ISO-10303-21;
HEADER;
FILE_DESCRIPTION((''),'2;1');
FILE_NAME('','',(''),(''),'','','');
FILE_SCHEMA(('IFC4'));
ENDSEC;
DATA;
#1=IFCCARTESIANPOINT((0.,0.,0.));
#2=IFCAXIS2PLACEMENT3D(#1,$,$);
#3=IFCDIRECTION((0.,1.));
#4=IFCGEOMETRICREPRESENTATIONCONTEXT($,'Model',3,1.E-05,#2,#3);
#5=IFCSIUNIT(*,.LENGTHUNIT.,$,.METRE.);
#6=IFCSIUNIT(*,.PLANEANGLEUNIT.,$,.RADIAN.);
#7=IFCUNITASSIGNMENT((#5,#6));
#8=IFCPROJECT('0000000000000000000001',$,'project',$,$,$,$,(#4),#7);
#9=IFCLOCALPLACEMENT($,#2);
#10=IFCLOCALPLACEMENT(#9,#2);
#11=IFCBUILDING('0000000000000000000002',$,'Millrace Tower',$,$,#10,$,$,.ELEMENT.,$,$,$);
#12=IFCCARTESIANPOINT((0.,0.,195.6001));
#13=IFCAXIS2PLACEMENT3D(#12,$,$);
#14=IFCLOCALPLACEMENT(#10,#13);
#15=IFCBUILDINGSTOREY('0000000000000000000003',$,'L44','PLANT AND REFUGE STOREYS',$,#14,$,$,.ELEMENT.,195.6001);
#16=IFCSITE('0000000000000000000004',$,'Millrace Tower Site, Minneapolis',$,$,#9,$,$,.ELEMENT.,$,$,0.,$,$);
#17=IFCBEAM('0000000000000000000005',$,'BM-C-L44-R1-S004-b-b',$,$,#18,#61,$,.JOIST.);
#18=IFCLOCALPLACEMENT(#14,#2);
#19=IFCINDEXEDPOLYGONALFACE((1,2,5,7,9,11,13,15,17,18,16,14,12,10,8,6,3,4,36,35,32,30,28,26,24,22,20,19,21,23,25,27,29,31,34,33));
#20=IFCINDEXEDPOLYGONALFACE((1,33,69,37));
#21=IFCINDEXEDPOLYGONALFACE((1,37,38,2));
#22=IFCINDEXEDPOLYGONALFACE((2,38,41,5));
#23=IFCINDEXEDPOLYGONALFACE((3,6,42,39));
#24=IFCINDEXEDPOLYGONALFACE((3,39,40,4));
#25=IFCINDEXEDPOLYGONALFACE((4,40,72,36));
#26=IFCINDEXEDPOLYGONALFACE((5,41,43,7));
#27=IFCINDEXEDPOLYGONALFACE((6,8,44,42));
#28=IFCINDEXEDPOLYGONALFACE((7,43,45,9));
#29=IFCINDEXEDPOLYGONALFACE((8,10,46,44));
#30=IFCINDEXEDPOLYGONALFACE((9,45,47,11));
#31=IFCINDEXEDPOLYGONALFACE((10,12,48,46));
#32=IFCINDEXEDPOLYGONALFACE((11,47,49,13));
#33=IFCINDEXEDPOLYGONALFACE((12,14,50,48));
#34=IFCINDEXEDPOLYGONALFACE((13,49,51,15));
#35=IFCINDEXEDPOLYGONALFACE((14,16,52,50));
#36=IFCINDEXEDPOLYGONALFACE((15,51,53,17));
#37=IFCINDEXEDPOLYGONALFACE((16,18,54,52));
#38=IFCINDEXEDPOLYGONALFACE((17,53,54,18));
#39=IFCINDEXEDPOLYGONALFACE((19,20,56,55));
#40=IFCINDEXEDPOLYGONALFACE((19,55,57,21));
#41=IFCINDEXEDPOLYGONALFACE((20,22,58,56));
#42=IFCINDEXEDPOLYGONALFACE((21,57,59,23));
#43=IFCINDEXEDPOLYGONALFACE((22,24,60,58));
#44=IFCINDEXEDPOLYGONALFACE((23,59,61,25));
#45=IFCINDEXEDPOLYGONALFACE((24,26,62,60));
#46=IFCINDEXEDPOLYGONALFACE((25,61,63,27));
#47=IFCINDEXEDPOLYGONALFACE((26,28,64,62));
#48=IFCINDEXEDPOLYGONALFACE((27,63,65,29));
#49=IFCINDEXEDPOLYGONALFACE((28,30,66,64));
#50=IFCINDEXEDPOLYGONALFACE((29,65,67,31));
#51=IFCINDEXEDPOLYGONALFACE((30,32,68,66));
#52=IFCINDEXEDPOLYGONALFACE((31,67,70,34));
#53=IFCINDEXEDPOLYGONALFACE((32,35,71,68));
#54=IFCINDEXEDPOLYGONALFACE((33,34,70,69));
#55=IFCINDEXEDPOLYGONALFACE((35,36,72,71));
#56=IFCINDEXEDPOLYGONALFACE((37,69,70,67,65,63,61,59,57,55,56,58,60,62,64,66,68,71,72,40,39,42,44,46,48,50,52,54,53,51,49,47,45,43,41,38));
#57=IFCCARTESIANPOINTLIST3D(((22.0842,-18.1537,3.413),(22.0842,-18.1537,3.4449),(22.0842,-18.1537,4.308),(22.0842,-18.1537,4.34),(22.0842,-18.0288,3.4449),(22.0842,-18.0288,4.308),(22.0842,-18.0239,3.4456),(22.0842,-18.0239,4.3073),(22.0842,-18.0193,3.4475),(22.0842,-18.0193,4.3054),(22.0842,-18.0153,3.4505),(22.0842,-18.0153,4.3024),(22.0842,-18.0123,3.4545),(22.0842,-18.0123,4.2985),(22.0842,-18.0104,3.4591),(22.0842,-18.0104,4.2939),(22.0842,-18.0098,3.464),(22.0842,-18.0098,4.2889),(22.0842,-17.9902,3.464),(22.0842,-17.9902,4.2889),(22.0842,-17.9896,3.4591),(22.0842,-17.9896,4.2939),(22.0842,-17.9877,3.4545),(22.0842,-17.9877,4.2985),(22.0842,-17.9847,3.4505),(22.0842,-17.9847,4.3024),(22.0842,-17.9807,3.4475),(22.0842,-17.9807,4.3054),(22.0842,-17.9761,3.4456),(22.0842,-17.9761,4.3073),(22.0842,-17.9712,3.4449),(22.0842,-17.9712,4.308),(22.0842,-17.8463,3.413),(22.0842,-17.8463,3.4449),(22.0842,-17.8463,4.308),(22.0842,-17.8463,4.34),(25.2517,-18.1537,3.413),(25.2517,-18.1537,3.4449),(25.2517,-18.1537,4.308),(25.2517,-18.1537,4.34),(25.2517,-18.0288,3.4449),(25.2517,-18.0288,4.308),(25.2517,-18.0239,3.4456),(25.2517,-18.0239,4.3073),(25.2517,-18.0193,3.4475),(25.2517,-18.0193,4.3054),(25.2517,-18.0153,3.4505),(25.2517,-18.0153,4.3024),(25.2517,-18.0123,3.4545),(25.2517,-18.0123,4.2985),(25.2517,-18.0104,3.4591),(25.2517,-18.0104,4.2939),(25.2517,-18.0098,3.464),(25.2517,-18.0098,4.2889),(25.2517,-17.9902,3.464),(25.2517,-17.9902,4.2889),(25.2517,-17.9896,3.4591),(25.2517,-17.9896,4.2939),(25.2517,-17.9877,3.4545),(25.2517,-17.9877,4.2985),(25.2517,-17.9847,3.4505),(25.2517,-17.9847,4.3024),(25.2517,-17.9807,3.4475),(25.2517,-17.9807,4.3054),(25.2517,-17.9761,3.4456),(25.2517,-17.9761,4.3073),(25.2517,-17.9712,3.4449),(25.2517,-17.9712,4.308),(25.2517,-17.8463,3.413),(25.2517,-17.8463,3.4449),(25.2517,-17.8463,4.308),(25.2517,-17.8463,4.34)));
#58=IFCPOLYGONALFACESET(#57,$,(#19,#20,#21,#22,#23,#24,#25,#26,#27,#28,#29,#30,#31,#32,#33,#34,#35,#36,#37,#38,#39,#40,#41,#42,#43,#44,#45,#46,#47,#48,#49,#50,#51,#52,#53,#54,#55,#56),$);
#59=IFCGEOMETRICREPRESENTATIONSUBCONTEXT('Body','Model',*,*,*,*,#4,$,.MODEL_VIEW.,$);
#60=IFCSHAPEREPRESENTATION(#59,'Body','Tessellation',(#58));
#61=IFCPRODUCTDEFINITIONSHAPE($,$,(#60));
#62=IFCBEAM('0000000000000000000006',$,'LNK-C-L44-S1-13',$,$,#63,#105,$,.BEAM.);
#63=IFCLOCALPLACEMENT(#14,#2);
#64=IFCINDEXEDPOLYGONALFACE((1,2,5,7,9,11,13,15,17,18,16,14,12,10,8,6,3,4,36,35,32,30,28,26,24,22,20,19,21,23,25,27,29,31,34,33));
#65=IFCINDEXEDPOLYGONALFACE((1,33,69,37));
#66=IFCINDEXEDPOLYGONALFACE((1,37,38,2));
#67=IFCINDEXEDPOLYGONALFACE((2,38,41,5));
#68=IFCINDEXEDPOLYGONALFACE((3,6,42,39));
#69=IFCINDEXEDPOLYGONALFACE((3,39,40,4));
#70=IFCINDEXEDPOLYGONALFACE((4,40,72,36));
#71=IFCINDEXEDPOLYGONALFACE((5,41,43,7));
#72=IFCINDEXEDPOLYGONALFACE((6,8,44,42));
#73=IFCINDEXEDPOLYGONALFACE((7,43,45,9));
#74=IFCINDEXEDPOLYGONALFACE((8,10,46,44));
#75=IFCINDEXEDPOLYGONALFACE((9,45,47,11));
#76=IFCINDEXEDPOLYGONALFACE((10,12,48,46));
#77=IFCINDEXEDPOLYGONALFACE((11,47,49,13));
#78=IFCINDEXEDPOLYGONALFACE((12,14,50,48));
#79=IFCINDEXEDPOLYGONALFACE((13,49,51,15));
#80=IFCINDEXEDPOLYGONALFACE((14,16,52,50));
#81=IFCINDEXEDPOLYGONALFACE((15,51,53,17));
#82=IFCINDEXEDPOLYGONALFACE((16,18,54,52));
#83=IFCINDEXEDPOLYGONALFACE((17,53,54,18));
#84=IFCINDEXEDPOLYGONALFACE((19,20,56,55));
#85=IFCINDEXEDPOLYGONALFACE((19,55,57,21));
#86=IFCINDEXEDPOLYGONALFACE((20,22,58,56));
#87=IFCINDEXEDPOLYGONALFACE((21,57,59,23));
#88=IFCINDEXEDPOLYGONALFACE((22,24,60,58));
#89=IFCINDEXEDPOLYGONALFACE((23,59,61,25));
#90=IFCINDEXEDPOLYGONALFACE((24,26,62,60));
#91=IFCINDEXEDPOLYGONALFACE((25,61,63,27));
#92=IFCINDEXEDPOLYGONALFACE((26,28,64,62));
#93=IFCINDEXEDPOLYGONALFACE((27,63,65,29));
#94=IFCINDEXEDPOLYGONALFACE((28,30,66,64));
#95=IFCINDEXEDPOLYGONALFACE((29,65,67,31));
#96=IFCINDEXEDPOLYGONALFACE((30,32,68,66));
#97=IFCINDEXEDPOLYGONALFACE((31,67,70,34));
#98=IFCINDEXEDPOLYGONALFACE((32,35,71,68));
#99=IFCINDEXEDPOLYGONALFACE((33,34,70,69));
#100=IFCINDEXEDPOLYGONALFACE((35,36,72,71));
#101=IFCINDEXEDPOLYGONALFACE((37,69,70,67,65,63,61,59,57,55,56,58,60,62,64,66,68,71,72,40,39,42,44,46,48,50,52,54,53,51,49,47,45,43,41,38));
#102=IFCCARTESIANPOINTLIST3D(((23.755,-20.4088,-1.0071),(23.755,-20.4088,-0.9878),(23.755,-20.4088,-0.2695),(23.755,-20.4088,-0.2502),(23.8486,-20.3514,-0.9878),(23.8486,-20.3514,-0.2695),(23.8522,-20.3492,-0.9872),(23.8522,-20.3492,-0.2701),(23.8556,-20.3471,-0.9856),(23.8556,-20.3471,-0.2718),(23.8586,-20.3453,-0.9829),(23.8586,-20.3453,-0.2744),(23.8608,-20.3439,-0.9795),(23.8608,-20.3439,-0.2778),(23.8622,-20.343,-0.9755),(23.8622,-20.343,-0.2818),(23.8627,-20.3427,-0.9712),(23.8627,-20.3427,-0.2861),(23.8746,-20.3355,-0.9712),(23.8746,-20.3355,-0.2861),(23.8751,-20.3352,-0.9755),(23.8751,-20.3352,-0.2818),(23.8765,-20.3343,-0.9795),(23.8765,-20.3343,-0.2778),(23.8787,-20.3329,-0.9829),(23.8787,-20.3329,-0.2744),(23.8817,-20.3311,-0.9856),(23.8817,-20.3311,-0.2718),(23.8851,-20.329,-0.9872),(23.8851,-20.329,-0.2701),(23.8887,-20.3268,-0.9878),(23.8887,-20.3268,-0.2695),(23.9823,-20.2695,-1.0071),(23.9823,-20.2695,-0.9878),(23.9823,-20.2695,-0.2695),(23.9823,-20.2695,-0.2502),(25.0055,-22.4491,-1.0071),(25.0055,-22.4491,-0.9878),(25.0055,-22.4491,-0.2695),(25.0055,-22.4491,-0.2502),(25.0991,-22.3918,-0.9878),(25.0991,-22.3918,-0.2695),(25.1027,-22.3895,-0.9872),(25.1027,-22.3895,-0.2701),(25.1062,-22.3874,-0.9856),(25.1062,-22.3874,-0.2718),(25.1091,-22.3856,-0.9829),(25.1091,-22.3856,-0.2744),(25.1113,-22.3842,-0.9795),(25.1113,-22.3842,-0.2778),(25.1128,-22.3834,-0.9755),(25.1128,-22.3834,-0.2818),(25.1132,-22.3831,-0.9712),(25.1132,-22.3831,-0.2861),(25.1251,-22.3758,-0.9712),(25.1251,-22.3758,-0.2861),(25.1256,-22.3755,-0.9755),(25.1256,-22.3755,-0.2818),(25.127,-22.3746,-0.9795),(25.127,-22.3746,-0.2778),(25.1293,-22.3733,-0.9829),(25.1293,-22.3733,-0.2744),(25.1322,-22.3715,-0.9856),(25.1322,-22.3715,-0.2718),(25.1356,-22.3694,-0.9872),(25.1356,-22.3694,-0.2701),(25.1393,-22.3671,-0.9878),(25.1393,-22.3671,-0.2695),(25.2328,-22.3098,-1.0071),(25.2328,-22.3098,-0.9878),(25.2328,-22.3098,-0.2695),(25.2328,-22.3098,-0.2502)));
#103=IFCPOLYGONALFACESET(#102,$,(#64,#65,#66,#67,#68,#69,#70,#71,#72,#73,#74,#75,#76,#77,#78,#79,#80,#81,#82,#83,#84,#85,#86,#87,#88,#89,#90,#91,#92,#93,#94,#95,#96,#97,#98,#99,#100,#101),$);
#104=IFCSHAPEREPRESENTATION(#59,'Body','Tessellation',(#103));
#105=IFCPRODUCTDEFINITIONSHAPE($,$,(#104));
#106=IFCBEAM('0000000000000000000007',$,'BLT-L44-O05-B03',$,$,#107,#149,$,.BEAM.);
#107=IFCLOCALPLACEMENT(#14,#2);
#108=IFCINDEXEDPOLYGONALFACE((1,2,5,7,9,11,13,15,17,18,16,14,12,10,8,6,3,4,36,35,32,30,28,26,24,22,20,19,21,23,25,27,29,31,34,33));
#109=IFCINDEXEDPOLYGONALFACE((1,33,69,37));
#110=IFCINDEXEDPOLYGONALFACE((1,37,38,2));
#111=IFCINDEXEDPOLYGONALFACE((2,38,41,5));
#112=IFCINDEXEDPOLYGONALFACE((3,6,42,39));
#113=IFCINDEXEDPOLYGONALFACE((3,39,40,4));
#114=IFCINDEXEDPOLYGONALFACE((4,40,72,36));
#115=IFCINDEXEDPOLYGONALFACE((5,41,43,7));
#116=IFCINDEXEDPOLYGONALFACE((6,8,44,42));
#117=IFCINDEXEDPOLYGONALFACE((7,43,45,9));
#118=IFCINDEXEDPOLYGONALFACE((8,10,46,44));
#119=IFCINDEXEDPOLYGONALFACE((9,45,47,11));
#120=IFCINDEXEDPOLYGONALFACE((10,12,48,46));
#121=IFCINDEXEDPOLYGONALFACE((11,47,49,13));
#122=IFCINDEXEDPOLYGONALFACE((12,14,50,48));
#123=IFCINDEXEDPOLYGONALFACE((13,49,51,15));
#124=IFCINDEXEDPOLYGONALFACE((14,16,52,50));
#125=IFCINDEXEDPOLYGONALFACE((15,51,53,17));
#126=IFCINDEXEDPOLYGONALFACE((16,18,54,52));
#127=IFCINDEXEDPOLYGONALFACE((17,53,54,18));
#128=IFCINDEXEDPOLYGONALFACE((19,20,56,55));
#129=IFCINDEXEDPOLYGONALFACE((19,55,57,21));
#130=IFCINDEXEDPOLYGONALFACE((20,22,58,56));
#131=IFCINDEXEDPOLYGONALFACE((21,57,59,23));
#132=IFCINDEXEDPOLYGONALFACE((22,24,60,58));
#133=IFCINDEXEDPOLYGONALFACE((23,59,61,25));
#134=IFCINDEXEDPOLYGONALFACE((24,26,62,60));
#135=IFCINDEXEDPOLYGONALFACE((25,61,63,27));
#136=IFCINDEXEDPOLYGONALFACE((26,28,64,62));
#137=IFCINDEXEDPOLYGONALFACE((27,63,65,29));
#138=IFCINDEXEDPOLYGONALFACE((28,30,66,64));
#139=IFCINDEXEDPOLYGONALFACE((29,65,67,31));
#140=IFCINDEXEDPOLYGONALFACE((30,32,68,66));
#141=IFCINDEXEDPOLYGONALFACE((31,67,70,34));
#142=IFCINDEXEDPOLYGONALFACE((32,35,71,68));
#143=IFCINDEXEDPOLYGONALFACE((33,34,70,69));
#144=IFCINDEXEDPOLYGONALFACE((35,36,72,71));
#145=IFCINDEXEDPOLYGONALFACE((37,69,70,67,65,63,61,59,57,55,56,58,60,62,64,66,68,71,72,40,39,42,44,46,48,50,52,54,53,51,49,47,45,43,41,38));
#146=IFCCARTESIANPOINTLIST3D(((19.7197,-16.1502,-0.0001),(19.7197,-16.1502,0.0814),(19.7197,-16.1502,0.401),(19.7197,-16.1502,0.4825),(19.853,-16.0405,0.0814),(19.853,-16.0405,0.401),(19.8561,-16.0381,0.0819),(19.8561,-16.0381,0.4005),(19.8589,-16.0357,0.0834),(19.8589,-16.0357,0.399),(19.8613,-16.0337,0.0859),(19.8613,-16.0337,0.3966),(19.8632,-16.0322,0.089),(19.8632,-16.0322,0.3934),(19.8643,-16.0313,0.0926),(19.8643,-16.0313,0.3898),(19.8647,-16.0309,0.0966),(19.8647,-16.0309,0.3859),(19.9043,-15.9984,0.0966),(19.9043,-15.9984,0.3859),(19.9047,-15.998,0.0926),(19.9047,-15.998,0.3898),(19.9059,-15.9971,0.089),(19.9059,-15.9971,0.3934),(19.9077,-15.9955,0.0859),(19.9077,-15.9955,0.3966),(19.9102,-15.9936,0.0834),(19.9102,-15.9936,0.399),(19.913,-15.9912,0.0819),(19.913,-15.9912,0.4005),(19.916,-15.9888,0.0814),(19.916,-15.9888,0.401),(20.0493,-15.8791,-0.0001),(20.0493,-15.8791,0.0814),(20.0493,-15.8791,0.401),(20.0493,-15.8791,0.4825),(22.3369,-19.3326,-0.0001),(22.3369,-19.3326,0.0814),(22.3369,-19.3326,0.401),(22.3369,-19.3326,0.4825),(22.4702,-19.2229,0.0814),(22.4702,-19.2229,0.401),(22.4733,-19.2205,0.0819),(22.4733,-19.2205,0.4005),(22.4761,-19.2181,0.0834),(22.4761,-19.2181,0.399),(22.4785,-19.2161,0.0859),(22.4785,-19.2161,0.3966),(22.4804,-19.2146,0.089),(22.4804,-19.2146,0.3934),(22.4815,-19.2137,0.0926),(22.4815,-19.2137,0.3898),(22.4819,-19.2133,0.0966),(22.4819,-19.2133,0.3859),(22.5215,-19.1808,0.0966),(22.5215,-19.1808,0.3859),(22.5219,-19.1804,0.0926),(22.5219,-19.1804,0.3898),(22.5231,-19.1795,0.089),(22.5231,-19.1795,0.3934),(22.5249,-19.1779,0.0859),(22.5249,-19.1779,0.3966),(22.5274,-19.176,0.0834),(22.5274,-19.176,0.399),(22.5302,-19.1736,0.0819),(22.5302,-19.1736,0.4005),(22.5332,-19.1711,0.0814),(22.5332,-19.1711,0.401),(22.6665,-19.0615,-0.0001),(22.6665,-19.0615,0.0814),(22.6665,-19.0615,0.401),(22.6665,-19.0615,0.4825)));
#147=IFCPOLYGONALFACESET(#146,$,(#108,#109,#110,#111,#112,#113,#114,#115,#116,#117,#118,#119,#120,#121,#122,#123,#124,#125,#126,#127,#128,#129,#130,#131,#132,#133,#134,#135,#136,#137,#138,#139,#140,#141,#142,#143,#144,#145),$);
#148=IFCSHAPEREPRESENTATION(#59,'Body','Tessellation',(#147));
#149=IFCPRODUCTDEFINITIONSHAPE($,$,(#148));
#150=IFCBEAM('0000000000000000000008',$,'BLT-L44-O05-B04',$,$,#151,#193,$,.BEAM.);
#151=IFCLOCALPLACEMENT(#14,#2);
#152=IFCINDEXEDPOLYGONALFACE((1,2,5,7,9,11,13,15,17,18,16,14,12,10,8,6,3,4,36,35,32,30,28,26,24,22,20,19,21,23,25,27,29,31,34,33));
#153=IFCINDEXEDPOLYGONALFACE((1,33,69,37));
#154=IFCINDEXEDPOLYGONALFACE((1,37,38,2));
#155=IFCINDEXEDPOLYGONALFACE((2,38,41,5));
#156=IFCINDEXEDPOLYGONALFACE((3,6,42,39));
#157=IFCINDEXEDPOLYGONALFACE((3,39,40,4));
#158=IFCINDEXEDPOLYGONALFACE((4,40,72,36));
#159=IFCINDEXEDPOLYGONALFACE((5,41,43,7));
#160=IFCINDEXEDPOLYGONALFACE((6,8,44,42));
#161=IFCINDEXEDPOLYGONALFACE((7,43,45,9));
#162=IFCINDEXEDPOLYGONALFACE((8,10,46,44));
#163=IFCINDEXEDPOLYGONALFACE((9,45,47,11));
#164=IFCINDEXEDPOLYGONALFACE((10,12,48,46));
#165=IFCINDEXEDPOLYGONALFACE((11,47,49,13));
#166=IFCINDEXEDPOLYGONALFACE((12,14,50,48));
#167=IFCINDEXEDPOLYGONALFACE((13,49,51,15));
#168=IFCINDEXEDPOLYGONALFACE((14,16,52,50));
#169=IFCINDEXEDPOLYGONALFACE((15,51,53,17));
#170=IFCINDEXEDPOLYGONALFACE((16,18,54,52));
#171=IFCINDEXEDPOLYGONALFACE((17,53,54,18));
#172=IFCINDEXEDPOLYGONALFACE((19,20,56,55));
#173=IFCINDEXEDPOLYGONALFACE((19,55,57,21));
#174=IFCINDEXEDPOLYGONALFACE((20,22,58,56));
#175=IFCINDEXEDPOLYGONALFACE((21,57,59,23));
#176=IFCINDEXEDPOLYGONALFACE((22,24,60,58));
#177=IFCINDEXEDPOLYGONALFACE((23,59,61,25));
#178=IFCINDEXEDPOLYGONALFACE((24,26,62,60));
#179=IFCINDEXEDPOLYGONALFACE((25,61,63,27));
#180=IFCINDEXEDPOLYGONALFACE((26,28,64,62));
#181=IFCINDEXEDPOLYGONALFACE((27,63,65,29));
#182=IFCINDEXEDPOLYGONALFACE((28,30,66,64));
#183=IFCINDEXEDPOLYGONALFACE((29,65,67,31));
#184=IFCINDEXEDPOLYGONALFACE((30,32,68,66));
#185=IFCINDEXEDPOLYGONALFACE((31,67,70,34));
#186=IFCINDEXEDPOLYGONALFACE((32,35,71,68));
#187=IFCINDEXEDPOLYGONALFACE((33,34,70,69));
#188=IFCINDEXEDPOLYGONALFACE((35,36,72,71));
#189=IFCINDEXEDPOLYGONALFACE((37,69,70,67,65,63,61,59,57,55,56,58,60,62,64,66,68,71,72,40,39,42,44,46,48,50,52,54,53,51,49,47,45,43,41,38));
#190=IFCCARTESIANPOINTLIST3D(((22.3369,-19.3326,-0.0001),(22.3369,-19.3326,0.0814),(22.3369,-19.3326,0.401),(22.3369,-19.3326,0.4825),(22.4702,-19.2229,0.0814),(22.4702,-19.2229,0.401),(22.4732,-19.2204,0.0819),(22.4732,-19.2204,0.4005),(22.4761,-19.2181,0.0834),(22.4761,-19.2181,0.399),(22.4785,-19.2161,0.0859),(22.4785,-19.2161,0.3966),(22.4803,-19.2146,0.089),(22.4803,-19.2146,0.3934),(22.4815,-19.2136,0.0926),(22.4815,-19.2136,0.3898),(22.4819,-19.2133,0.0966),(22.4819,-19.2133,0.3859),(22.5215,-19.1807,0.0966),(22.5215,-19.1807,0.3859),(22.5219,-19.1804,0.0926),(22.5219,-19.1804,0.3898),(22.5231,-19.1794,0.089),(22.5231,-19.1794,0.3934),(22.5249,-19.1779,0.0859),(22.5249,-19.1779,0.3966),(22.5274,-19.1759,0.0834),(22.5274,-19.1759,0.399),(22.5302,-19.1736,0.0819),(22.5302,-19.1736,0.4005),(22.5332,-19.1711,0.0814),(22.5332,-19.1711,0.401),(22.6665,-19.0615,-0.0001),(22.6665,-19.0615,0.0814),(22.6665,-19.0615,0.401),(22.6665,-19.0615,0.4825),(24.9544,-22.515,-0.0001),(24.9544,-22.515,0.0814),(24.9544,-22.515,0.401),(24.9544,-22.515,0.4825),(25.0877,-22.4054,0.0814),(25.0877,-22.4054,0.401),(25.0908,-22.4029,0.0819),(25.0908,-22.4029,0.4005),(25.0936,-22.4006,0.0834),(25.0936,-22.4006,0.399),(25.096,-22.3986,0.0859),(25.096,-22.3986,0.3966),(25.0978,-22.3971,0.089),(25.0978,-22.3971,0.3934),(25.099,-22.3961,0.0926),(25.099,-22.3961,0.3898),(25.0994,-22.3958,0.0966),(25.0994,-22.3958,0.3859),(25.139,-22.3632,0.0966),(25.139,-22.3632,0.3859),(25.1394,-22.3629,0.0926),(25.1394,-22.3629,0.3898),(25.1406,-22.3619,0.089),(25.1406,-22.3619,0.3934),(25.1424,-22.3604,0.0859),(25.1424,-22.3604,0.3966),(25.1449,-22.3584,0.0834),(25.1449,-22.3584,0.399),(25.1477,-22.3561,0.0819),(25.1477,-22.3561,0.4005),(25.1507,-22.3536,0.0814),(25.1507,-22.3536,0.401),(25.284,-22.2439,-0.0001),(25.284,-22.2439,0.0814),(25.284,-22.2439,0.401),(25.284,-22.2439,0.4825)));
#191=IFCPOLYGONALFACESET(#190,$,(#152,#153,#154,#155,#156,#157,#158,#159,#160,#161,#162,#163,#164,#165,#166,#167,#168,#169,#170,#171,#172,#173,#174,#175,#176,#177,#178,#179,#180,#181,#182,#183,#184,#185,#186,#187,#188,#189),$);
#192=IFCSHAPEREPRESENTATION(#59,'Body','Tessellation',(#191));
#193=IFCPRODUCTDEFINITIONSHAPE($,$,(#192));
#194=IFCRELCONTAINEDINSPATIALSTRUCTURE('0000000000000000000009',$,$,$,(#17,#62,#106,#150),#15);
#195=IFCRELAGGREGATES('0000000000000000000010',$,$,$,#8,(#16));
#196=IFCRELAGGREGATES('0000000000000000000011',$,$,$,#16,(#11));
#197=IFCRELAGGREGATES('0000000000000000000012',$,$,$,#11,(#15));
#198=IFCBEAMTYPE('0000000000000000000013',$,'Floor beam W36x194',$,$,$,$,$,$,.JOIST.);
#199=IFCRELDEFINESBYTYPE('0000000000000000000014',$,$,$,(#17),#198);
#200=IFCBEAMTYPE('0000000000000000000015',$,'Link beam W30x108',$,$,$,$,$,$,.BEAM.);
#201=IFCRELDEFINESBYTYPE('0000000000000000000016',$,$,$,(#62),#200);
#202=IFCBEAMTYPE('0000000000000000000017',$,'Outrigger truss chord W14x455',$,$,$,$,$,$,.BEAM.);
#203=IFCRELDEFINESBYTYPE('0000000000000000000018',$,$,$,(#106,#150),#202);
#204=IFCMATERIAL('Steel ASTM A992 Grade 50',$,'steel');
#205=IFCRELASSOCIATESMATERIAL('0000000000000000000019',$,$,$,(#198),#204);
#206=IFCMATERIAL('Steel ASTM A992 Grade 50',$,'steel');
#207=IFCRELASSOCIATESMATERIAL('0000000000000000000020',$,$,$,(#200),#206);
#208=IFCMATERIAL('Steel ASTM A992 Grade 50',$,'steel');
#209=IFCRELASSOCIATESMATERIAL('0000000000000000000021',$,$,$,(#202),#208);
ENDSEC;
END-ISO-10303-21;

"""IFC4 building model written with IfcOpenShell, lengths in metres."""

from ifc_helpers import new_model, si_unit, direction, frame, origin, origin_2d, place, context, subcontext, project, spatial, i_section, extrude, material, material_profile, profile_set, type_object, element, save


model = new_model("IFC4")

# Units and contexts
model_context = context("Model", 3, precision=1e-05, world=origin(), true_north=direction((0.0, 1.0)))
body_context = subcontext(model_context, "Body", "Model", "MODEL_VIEW")
ifc_project = project(units=[si_unit("LENGTHUNIT", "METRE"), si_unit("PLANEANGLEUNIT", "RADIAN")], contexts=[model_context])

# Site, building, storey
site_placement = place(None, origin())
site = spatial("IfcSite", under=ifc_project, at=site_placement, Name="Millrace Tower Site, Minneapolis", CompositionType="ELEMENT", RefElevation=0.0)
building_placement = place(site_placement, origin())
building = spatial("IfcBuilding", under=site, at=building_placement, Name="Millrace Tower", CompositionType="ELEMENT")
storey_placement = place(building_placement, frame((0.0, 0.0, 195.6001)))
storey = spatial("IfcBuildingStorey", under=building, at=storey_placement, Name="L44", Description="PLANT AND REFUGE STOREYS", CompositionType="ELEMENT", Elevation=195.6001)

# Beams
ifc_material_1 = material(Name="Steel ASTM A992 Grade 50", Category="steel")
ifc_material_profile_1 = material_profile(ifc_material_1, i_section(OverallWidth=0.3074, OverallDepth=0.927, WebThickness=0.0195, FlangeThickness=0.032, FilletRadius=0.019, at=origin_2d()))
ifc_profile_set_1 = profile_set([ifc_material_profile_1], Name="Steel ASTM A992 Grade 50")
beam_type_1 = type_object("IfcBeamType", Name="Floor beam W36x194", PredefinedType="JOIST", material=ifc_profile_set_1)
beam_1_placement = place(storey_placement, frame((22.0842, -18.0, 3.8765), z_axis=(1.0, 0.0, 0.0), x_axis=(0.0, 1.0, 0.0)))
element("IfcBeam", 1, at=beam_1_placement, inside=storey, type_object=beam_type_1, Name="BM-C-L44-R1-S004-b-b", PredefinedType="JOIST", context=body_context, shape_type="SweptSolid", body=[
    extrude(i_section(OverallWidth=0.3074, OverallDepth=0.927, WebThickness=0.0195, FlangeThickness=0.032, FilletRadius=0.019, at=origin_2d()), origin(), (0.0, 0.0, 1.0), 3.1675),
])
ifc_material_2 = material(Name="Steel ASTM A992 Grade 50", Category="steel")
ifc_material_profile_2 = material_profile(ifc_material_2, i_section(OverallWidth=0.2666, OverallDepth=0.7568, WebThickness=0.0139, FlangeThickness=0.0193, FilletRadius=0.0166, at=origin_2d()))
ifc_profile_set_2 = profile_set([ifc_material_profile_2], Name="Steel ASTM A992 Grade 50")
beam_type_2 = type_object("IfcBeamType", Name="Link beam W30x108", PredefinedType="BEAM", material=ifc_profile_set_2)
beam_2_placement = place(storey_placement, frame((23.8687, -20.3391, -0.6287), z_axis=(0.52256, -0.852603, 0.0), x_axis=(0.852603, 0.52256, 0.0)))
element("IfcBeam", 2, at=beam_2_placement, inside=storey, type_object=beam_type_2, Name="LNK-C-L44-S1-13", PredefinedType="BEAM", context=body_context, shape_type="SweptSolid", body=[
    extrude(i_section(OverallWidth=0.2666, OverallDepth=0.7568, WebThickness=0.0139, FlangeThickness=0.0193, FilletRadius=0.0166, at=origin_2d()), origin(), (0.0, 0.0, 1.0), 2.3931),
])
ifc_material_3 = material(Name="Steel ASTM A992 Grade 50", Category="steel")
ifc_material_profile_3 = material_profile(ifc_material_3, i_section(OverallWidth=0.4268, OverallDepth=0.4827, WebThickness=0.0513, FlangeThickness=0.0815, FilletRadius=0.0151, at=origin_2d()))
ifc_profile_set_3 = profile_set([ifc_material_profile_3], Name="Steel ASTM A992 Grade 50")
beam_type_3 = type_object("IfcBeamType", Name="Outrigger truss chord W14x455", PredefinedType="BEAM", material=ifc_profile_set_3)
beam_3_placement = place(storey_placement, frame((19.8845, -16.0146, 0.2412), z_axis=(0.635188, -0.772358, 0.0), x_axis=(0.772358, 0.635188, 0.0)))
element("IfcBeam", 3, at=beam_3_placement, inside=storey, type_object=beam_type_3, Name="BLT-L44-O05-B03", PredefinedType="BEAM", context=body_context, shape_type="SweptSolid", body=[
    extrude(i_section(OverallWidth=0.4268, OverallDepth=0.4827, WebThickness=0.0513, FlangeThickness=0.0815, FilletRadius=0.0151, at=origin_2d()), origin(), (0.0, 0.0, 1.0), 4.1204),
])
beam_4_placement = place(storey_placement, frame((22.5017, -19.197, 0.2412), z_axis=(0.635223, -0.772329, 0.0), x_axis=(0.772329, 0.635223, 0.0)))
element("IfcBeam", 4, at=beam_4_placement, inside=storey, type_object=beam_type_3, Name="BLT-L44-O05-B04", PredefinedType="BEAM", context=body_context, shape_type="SweptSolid", body=[
    extrude(i_section(OverallWidth=0.4268, OverallDepth=0.4827, WebThickness=0.0513, FlangeThickness=0.0815, FilletRadius=0.0151, at=origin_2d()), origin(), (0.0, 0.0, 1.0), 4.1206),
])

save(model, "model.ifc")
